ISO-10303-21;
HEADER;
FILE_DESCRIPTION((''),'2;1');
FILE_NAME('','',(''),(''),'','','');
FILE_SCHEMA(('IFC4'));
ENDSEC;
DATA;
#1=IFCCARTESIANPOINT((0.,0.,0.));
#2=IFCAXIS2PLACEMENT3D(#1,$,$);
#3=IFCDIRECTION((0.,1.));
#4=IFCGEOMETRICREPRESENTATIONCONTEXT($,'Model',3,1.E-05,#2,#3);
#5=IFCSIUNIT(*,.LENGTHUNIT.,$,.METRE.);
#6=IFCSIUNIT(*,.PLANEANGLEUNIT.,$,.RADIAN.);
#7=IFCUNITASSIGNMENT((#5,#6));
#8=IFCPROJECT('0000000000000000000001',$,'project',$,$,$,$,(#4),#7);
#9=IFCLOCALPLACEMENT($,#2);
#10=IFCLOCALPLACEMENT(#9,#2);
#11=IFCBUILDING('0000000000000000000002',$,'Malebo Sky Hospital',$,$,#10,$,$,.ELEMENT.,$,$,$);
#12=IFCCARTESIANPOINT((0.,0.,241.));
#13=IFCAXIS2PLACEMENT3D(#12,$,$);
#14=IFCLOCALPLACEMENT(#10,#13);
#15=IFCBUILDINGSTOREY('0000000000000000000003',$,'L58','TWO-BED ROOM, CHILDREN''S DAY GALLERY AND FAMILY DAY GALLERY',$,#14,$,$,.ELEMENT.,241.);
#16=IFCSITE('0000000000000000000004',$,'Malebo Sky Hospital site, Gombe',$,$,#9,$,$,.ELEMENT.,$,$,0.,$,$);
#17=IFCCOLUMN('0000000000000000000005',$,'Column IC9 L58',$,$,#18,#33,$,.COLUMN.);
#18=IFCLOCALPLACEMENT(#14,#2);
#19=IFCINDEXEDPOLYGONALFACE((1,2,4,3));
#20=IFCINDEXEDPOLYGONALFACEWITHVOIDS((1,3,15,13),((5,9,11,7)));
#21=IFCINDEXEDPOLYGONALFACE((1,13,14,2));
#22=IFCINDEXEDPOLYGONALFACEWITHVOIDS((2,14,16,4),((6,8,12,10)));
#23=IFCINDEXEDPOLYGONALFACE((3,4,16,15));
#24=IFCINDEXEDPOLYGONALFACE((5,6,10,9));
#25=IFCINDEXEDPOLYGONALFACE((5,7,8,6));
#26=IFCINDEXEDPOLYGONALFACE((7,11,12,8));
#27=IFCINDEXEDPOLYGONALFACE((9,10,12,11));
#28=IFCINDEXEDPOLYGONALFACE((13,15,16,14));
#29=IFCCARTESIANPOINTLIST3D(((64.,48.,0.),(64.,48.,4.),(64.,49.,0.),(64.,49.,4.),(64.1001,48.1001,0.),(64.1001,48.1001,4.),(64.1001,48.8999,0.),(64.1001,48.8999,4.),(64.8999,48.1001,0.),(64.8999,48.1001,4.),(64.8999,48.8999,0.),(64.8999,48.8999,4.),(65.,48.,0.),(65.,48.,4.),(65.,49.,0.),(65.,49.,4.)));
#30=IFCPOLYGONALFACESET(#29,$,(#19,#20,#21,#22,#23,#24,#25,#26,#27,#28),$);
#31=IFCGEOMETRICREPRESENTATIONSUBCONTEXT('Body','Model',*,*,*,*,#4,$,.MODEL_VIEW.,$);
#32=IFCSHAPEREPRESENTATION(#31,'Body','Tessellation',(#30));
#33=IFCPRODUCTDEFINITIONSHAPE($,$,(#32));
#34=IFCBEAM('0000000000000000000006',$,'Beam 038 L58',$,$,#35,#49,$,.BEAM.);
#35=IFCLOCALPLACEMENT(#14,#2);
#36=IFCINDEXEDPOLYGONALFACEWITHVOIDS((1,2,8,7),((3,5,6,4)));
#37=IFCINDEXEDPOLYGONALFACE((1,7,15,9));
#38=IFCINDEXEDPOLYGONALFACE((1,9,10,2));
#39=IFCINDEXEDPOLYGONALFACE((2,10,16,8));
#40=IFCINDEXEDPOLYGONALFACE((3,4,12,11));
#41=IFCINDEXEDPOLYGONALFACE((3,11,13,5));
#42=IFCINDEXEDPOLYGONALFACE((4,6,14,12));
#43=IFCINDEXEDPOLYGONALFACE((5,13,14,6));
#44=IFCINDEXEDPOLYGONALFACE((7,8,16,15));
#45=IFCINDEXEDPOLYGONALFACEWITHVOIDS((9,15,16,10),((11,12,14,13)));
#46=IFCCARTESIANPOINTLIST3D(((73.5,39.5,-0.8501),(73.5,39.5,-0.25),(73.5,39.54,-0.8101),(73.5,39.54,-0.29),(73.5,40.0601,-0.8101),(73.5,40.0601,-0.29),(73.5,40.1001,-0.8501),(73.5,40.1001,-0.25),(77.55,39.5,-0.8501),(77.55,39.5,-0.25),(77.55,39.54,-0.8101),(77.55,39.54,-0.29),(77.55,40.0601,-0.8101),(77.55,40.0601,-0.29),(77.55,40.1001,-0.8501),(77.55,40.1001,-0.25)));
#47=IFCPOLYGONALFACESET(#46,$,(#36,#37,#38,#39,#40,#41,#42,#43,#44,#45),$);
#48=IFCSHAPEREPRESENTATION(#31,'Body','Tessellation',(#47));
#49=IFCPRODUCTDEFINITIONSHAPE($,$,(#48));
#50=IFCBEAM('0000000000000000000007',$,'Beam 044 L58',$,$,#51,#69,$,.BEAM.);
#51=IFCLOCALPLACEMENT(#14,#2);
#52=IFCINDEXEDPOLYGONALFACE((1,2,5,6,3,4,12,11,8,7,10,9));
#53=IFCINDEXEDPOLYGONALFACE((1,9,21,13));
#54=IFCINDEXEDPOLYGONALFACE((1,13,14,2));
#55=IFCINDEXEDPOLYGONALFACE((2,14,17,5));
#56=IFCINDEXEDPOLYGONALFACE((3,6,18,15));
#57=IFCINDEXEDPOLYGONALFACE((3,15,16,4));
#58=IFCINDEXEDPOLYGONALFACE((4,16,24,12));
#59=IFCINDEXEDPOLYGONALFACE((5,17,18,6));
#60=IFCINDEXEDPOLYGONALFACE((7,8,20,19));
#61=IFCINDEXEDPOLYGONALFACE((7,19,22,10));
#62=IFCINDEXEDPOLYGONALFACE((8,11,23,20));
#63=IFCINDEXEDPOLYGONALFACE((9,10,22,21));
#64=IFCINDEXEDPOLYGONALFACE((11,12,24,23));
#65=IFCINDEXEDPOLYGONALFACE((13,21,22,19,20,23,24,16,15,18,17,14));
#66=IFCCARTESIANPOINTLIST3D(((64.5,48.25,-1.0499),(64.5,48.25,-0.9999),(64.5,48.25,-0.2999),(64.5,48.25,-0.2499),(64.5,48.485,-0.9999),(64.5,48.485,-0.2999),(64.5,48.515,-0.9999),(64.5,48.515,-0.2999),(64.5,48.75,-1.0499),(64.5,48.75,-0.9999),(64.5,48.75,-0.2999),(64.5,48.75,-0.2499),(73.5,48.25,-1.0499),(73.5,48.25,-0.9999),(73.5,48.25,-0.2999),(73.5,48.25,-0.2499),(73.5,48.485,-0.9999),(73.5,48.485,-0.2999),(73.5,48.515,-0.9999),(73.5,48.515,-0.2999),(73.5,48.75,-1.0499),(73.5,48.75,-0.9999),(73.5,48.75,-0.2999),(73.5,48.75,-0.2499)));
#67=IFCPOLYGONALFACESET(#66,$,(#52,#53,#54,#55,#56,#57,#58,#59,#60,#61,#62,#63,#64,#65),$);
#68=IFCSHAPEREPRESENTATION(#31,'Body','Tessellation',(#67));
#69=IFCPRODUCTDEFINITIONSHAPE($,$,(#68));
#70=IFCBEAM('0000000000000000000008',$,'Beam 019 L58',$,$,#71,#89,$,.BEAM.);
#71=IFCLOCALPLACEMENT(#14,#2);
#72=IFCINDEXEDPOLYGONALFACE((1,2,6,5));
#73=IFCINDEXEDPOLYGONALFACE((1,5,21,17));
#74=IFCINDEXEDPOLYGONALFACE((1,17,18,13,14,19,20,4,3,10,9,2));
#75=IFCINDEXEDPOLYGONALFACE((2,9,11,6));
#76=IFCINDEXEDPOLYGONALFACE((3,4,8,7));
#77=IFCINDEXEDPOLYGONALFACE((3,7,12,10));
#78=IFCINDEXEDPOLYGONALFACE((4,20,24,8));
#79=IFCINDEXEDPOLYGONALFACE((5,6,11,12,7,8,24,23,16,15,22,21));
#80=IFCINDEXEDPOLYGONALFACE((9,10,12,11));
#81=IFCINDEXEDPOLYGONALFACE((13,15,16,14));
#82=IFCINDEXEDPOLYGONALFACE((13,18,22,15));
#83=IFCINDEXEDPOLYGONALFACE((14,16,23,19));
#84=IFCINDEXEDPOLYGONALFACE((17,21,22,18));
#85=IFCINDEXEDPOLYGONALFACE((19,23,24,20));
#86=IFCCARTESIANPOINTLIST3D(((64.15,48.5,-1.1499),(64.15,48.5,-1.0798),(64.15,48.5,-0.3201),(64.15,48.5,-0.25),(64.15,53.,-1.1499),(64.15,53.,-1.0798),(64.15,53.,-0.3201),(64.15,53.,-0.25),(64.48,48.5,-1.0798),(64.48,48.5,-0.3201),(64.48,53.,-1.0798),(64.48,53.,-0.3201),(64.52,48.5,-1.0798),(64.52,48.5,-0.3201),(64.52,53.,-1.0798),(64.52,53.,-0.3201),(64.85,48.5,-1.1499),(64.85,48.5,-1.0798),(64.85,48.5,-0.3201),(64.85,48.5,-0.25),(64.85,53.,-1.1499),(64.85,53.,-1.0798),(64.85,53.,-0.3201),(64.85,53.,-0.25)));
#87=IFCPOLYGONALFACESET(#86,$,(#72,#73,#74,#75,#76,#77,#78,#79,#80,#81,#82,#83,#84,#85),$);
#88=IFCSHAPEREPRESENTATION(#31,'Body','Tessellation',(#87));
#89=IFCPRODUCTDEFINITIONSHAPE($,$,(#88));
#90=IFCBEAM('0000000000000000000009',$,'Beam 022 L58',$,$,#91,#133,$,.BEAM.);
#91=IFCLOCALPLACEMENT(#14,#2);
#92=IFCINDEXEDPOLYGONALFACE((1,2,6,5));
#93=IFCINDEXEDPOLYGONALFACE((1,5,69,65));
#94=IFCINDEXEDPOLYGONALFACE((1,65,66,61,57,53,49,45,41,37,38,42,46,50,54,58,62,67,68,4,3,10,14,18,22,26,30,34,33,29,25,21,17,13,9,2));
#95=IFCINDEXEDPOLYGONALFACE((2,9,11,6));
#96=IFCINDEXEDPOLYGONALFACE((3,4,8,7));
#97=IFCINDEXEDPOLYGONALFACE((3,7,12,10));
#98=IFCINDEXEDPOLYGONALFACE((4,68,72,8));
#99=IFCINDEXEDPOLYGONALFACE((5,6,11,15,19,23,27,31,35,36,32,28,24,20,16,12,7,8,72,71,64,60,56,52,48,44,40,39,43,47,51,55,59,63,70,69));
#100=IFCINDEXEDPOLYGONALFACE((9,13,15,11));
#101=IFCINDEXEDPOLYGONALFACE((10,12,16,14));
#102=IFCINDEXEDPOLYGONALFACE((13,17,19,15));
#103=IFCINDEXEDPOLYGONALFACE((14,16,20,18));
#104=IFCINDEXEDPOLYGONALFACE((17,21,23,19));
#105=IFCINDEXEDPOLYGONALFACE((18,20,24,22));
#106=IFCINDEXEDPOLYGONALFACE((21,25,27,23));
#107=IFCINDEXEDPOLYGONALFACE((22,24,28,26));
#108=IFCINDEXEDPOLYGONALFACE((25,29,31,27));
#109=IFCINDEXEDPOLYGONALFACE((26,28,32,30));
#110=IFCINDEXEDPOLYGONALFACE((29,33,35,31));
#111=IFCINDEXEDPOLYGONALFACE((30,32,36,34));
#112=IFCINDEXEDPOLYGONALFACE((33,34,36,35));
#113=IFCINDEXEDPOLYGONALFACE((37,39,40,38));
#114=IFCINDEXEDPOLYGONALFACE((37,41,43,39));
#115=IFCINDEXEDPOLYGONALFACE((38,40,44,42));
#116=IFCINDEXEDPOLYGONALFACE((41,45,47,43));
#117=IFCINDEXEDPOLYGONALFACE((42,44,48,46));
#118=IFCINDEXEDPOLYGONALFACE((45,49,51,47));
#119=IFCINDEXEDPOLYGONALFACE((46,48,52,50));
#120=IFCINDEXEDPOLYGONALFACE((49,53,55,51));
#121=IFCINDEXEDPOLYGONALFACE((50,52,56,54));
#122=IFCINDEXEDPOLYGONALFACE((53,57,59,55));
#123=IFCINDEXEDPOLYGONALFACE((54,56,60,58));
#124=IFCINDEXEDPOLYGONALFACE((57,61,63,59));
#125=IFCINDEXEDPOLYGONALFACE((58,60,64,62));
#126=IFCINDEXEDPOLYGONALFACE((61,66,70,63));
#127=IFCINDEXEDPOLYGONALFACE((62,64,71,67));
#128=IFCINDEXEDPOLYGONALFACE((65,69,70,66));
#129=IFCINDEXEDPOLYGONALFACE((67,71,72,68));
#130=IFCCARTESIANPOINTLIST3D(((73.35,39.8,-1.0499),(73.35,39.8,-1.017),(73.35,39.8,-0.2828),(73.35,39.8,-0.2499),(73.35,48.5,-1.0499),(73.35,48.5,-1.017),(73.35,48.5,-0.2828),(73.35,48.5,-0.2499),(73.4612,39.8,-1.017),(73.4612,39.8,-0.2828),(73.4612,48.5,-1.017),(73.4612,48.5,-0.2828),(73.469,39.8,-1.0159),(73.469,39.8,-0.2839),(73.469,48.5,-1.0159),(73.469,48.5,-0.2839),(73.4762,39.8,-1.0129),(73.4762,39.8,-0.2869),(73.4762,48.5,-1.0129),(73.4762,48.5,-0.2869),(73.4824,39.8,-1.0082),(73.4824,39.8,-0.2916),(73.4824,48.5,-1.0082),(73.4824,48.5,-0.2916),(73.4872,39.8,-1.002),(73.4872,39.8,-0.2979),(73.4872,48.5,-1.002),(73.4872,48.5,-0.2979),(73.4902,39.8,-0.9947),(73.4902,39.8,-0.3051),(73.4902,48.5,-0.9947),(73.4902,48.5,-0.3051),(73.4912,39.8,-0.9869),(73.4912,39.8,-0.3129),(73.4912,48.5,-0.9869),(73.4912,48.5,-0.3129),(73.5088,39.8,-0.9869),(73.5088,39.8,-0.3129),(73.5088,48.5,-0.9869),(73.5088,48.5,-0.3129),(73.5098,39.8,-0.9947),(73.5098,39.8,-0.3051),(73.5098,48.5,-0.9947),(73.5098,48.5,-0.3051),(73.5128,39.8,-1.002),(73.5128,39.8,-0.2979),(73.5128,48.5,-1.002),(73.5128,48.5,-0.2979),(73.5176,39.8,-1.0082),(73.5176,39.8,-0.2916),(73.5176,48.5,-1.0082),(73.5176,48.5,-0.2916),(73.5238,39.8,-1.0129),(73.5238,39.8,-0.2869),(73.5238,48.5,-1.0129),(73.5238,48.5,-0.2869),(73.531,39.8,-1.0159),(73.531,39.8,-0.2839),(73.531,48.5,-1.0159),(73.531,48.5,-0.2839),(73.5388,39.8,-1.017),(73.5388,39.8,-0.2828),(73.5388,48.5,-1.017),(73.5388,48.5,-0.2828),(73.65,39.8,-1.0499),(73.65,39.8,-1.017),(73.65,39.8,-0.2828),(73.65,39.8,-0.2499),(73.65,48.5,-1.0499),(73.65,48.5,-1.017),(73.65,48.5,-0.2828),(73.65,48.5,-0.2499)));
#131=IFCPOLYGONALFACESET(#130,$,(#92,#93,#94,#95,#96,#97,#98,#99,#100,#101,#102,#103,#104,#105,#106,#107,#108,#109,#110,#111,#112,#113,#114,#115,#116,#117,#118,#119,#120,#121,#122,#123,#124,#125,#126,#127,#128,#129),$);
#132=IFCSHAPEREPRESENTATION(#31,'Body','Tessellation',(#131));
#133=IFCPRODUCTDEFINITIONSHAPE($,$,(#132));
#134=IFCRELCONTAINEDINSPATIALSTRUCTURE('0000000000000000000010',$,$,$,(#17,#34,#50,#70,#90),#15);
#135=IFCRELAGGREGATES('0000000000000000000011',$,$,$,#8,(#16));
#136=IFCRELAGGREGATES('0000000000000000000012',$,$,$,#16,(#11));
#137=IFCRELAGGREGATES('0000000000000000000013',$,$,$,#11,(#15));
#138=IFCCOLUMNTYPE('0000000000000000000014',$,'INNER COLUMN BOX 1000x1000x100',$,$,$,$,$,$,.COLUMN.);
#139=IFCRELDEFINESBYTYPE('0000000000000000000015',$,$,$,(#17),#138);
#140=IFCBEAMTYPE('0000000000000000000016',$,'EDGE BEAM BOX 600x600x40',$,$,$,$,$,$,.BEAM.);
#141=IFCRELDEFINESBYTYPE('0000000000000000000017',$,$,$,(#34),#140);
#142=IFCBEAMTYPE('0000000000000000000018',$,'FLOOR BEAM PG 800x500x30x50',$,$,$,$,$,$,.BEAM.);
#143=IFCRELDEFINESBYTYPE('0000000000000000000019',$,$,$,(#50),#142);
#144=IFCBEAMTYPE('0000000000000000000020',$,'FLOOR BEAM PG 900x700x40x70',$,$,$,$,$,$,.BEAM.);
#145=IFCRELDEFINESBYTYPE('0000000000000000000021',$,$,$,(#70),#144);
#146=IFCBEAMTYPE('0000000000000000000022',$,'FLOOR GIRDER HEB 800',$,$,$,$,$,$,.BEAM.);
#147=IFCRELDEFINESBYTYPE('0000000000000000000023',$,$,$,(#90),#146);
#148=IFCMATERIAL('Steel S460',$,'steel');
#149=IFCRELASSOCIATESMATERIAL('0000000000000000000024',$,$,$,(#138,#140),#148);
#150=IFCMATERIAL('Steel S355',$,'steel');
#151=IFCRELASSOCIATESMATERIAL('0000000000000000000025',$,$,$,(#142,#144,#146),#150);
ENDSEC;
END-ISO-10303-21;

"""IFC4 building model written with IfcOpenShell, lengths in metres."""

from ifc_helpers import new_model, si_unit, direction, frame, origin, origin_2d, place, context, subcontext, project, spatial, hollow_rectangle, i_section, extrude, material, material_profile, profile_set, type_object, element, save


model = new_model("IFC4")

# Units and contexts
model_context = context("Model", 3, precision=1e-05, world=origin(), true_north=direction((0.0, 1.0)))
body_context = subcontext(model_context, "Body", "Model", "MODEL_VIEW")
ifc_project = project(units=[si_unit("LENGTHUNIT", "METRE"), si_unit("PLANEANGLEUNIT", "RADIAN")], contexts=[model_context])

# Site, building, storey
site_placement = place(None, origin())
site = spatial("IfcSite", under=ifc_project, at=site_placement, Name="Malebo Sky Hospital site, Gombe", CompositionType="ELEMENT", RefElevation=0.0)
building_placement = place(site_placement, origin())
building = spatial("IfcBuilding", under=site, at=building_placement, Name="Malebo Sky Hospital", CompositionType="ELEMENT")
storey_placement = place(building_placement, frame((0.0, 0.0, 241.0)))
storey = spatial("IfcBuildingStorey", under=building, at=storey_placement, Name="L58", Description="TWO-BED ROOM, CHILDREN'S DAY GALLERY AND FAMILY DAY GALLERY", CompositionType="ELEMENT", Elevation=241.0)

# Column
ifc_material_1 = material(Name="Steel S460", Category="steel")
ifc_material_profile_1 = material_profile(ifc_material_1, hollow_rectangle(XDim=1.0, YDim=1.0, WallThickness=0.1001, at=origin_2d()), Name="BOX 1000x1000x100")
ifc_profile_set_1 = profile_set([ifc_material_profile_1], Name="Steel S460")
column_type = type_object("IfcColumnType", Name="INNER COLUMN BOX 1000x1000x100", PredefinedType="COLUMN", material=ifc_profile_set_1)
column_placement = place(storey_placement, frame((64.5, 48.5, 0.0), z_axis=(0.0, 0.0, 1.0), x_axis=(1.0, 0.0, 0.0)))
element("IfcColumn", 1, at=column_placement, inside=storey, type_object=column_type, Name="Column IC9 L58", PredefinedType="COLUMN", context=body_context, shape_type="SweptSolid", body=[
    extrude(hollow_rectangle(XDim=1.0, YDim=1.0, WallThickness=0.1001, at=origin_2d()), origin(), (0.0, 0.0, 1.0), 4.0),
])

# Beams
ifc_material_profile_2 = material_profile(ifc_material_1, hollow_rectangle(XDim=0.6001, YDim=0.6001, WallThickness=0.04, at=origin_2d()), Name="BOX 600x600x40")
ifc_profile_set_2 = profile_set([ifc_material_profile_2], Name="Steel S460")
beam_type_1 = type_object("IfcBeamType", Name="EDGE BEAM BOX 600x600x40", PredefinedType="BEAM", material=ifc_profile_set_2)
beam_1_placement = place(storey_placement, frame((73.5, 39.8, -0.55), z_axis=(1.0, 0.0, 0.0), x_axis=(0.0, 1.0, 0.0)))
element("IfcBeam", 2, at=beam_1_placement, inside=storey, type_object=beam_type_1, Name="Beam 038 L58", PredefinedType="BEAM", context=body_context, shape_type="SweptSolid", body=[
    extrude(hollow_rectangle(XDim=0.6001, YDim=0.6001, WallThickness=0.04, at=origin_2d()), origin(), (0.0, 0.0, 1.0), 4.05),
])
ifc_material_2 = material(Name="Steel S355", Category="steel")
ifc_material_profile_3 = material_profile(ifc_material_2, i_section(OverallWidth=0.5, OverallDepth=0.8, WebThickness=0.03, FlangeThickness=0.05, at=origin_2d()), Name="PG 800x500x30x50")
ifc_profile_set_3 = profile_set([ifc_material_profile_3], Name="Steel S355")
beam_type_2 = type_object("IfcBeamType", Name="FLOOR BEAM PG 800x500x30x50", PredefinedType="BEAM", material=ifc_profile_set_3)
beam_2_placement = place(storey_placement, frame((64.5, 48.5, -0.6499), z_axis=(1.0, 0.0, 0.0), x_axis=(0.0, 1.0, 0.0)))
element("IfcBeam", 3, at=beam_2_placement, inside=storey, type_object=beam_type_2, Name="Beam 044 L58", PredefinedType="BEAM", context=body_context, shape_type="SweptSolid", body=[
    extrude(i_section(OverallWidth=0.5, OverallDepth=0.8, WebThickness=0.03, FlangeThickness=0.05, at=origin_2d()), origin(), (0.0, 0.0, 1.0), 9.0),
])
ifc_material_profile_4 = material_profile(ifc_material_2, i_section(OverallWidth=0.7, OverallDepth=0.8999, WebThickness=0.04, FlangeThickness=0.0701, at=origin_2d()), Name="PG 900x700x40x70")
ifc_profile_set_4 = profile_set([ifc_material_profile_4], Name="Steel S355")
beam_type_3 = type_object("IfcBeamType", Name="FLOOR BEAM PG 900x700x40x70", PredefinedType="BEAM", material=ifc_profile_set_4)
beam_3_placement = place(storey_placement, frame((64.5, 48.5, -0.7), z_axis=(0.0, 1.0, 0.0), x_axis=(-1.0, 0.0, 0.0)))
element("IfcBeam", 4, at=beam_3_placement, inside=storey, type_object=beam_type_3, Name="Beam 019 L58", PredefinedType="BEAM", context=body_context, shape_type="SweptSolid", body=[
    extrude(i_section(OverallWidth=0.7, OverallDepth=0.8999, WebThickness=0.04, FlangeThickness=0.0701, at=origin_2d()), origin(), (0.0, 0.0, 1.0), 4.5),
])
ifc_material_profile_5 = material_profile(ifc_material_2, i_section(OverallWidth=0.3, OverallDepth=0.8, WebThickness=0.0176, FlangeThickness=0.033, FilletRadius=0.03, at=origin_2d()), Name="HEB 800")
ifc_profile_set_5 = profile_set([ifc_material_profile_5], Name="Steel S355")
beam_type_4 = type_object("IfcBeamType", Name="FLOOR GIRDER HEB 800", PredefinedType="BEAM", material=ifc_profile_set_5)
beam_4_placement = place(storey_placement, frame((73.5, 39.8, -0.6499), z_axis=(0.0, 1.0, 0.0), x_axis=(-1.0, 0.0, 0.0)))
element("IfcBeam", 5, at=beam_4_placement, inside=storey, type_object=beam_type_4, Name="Beam 022 L58", PredefinedType="BEAM", context=body_context, shape_type="SweptSolid", body=[
    extrude(i_section(OverallWidth=0.3, OverallDepth=0.8, WebThickness=0.0176, FlangeThickness=0.033, FilletRadius=0.03, at=origin_2d()), origin(), (0.0, 0.0, 1.0), 8.7),
])

save(model, "model.ifc")
